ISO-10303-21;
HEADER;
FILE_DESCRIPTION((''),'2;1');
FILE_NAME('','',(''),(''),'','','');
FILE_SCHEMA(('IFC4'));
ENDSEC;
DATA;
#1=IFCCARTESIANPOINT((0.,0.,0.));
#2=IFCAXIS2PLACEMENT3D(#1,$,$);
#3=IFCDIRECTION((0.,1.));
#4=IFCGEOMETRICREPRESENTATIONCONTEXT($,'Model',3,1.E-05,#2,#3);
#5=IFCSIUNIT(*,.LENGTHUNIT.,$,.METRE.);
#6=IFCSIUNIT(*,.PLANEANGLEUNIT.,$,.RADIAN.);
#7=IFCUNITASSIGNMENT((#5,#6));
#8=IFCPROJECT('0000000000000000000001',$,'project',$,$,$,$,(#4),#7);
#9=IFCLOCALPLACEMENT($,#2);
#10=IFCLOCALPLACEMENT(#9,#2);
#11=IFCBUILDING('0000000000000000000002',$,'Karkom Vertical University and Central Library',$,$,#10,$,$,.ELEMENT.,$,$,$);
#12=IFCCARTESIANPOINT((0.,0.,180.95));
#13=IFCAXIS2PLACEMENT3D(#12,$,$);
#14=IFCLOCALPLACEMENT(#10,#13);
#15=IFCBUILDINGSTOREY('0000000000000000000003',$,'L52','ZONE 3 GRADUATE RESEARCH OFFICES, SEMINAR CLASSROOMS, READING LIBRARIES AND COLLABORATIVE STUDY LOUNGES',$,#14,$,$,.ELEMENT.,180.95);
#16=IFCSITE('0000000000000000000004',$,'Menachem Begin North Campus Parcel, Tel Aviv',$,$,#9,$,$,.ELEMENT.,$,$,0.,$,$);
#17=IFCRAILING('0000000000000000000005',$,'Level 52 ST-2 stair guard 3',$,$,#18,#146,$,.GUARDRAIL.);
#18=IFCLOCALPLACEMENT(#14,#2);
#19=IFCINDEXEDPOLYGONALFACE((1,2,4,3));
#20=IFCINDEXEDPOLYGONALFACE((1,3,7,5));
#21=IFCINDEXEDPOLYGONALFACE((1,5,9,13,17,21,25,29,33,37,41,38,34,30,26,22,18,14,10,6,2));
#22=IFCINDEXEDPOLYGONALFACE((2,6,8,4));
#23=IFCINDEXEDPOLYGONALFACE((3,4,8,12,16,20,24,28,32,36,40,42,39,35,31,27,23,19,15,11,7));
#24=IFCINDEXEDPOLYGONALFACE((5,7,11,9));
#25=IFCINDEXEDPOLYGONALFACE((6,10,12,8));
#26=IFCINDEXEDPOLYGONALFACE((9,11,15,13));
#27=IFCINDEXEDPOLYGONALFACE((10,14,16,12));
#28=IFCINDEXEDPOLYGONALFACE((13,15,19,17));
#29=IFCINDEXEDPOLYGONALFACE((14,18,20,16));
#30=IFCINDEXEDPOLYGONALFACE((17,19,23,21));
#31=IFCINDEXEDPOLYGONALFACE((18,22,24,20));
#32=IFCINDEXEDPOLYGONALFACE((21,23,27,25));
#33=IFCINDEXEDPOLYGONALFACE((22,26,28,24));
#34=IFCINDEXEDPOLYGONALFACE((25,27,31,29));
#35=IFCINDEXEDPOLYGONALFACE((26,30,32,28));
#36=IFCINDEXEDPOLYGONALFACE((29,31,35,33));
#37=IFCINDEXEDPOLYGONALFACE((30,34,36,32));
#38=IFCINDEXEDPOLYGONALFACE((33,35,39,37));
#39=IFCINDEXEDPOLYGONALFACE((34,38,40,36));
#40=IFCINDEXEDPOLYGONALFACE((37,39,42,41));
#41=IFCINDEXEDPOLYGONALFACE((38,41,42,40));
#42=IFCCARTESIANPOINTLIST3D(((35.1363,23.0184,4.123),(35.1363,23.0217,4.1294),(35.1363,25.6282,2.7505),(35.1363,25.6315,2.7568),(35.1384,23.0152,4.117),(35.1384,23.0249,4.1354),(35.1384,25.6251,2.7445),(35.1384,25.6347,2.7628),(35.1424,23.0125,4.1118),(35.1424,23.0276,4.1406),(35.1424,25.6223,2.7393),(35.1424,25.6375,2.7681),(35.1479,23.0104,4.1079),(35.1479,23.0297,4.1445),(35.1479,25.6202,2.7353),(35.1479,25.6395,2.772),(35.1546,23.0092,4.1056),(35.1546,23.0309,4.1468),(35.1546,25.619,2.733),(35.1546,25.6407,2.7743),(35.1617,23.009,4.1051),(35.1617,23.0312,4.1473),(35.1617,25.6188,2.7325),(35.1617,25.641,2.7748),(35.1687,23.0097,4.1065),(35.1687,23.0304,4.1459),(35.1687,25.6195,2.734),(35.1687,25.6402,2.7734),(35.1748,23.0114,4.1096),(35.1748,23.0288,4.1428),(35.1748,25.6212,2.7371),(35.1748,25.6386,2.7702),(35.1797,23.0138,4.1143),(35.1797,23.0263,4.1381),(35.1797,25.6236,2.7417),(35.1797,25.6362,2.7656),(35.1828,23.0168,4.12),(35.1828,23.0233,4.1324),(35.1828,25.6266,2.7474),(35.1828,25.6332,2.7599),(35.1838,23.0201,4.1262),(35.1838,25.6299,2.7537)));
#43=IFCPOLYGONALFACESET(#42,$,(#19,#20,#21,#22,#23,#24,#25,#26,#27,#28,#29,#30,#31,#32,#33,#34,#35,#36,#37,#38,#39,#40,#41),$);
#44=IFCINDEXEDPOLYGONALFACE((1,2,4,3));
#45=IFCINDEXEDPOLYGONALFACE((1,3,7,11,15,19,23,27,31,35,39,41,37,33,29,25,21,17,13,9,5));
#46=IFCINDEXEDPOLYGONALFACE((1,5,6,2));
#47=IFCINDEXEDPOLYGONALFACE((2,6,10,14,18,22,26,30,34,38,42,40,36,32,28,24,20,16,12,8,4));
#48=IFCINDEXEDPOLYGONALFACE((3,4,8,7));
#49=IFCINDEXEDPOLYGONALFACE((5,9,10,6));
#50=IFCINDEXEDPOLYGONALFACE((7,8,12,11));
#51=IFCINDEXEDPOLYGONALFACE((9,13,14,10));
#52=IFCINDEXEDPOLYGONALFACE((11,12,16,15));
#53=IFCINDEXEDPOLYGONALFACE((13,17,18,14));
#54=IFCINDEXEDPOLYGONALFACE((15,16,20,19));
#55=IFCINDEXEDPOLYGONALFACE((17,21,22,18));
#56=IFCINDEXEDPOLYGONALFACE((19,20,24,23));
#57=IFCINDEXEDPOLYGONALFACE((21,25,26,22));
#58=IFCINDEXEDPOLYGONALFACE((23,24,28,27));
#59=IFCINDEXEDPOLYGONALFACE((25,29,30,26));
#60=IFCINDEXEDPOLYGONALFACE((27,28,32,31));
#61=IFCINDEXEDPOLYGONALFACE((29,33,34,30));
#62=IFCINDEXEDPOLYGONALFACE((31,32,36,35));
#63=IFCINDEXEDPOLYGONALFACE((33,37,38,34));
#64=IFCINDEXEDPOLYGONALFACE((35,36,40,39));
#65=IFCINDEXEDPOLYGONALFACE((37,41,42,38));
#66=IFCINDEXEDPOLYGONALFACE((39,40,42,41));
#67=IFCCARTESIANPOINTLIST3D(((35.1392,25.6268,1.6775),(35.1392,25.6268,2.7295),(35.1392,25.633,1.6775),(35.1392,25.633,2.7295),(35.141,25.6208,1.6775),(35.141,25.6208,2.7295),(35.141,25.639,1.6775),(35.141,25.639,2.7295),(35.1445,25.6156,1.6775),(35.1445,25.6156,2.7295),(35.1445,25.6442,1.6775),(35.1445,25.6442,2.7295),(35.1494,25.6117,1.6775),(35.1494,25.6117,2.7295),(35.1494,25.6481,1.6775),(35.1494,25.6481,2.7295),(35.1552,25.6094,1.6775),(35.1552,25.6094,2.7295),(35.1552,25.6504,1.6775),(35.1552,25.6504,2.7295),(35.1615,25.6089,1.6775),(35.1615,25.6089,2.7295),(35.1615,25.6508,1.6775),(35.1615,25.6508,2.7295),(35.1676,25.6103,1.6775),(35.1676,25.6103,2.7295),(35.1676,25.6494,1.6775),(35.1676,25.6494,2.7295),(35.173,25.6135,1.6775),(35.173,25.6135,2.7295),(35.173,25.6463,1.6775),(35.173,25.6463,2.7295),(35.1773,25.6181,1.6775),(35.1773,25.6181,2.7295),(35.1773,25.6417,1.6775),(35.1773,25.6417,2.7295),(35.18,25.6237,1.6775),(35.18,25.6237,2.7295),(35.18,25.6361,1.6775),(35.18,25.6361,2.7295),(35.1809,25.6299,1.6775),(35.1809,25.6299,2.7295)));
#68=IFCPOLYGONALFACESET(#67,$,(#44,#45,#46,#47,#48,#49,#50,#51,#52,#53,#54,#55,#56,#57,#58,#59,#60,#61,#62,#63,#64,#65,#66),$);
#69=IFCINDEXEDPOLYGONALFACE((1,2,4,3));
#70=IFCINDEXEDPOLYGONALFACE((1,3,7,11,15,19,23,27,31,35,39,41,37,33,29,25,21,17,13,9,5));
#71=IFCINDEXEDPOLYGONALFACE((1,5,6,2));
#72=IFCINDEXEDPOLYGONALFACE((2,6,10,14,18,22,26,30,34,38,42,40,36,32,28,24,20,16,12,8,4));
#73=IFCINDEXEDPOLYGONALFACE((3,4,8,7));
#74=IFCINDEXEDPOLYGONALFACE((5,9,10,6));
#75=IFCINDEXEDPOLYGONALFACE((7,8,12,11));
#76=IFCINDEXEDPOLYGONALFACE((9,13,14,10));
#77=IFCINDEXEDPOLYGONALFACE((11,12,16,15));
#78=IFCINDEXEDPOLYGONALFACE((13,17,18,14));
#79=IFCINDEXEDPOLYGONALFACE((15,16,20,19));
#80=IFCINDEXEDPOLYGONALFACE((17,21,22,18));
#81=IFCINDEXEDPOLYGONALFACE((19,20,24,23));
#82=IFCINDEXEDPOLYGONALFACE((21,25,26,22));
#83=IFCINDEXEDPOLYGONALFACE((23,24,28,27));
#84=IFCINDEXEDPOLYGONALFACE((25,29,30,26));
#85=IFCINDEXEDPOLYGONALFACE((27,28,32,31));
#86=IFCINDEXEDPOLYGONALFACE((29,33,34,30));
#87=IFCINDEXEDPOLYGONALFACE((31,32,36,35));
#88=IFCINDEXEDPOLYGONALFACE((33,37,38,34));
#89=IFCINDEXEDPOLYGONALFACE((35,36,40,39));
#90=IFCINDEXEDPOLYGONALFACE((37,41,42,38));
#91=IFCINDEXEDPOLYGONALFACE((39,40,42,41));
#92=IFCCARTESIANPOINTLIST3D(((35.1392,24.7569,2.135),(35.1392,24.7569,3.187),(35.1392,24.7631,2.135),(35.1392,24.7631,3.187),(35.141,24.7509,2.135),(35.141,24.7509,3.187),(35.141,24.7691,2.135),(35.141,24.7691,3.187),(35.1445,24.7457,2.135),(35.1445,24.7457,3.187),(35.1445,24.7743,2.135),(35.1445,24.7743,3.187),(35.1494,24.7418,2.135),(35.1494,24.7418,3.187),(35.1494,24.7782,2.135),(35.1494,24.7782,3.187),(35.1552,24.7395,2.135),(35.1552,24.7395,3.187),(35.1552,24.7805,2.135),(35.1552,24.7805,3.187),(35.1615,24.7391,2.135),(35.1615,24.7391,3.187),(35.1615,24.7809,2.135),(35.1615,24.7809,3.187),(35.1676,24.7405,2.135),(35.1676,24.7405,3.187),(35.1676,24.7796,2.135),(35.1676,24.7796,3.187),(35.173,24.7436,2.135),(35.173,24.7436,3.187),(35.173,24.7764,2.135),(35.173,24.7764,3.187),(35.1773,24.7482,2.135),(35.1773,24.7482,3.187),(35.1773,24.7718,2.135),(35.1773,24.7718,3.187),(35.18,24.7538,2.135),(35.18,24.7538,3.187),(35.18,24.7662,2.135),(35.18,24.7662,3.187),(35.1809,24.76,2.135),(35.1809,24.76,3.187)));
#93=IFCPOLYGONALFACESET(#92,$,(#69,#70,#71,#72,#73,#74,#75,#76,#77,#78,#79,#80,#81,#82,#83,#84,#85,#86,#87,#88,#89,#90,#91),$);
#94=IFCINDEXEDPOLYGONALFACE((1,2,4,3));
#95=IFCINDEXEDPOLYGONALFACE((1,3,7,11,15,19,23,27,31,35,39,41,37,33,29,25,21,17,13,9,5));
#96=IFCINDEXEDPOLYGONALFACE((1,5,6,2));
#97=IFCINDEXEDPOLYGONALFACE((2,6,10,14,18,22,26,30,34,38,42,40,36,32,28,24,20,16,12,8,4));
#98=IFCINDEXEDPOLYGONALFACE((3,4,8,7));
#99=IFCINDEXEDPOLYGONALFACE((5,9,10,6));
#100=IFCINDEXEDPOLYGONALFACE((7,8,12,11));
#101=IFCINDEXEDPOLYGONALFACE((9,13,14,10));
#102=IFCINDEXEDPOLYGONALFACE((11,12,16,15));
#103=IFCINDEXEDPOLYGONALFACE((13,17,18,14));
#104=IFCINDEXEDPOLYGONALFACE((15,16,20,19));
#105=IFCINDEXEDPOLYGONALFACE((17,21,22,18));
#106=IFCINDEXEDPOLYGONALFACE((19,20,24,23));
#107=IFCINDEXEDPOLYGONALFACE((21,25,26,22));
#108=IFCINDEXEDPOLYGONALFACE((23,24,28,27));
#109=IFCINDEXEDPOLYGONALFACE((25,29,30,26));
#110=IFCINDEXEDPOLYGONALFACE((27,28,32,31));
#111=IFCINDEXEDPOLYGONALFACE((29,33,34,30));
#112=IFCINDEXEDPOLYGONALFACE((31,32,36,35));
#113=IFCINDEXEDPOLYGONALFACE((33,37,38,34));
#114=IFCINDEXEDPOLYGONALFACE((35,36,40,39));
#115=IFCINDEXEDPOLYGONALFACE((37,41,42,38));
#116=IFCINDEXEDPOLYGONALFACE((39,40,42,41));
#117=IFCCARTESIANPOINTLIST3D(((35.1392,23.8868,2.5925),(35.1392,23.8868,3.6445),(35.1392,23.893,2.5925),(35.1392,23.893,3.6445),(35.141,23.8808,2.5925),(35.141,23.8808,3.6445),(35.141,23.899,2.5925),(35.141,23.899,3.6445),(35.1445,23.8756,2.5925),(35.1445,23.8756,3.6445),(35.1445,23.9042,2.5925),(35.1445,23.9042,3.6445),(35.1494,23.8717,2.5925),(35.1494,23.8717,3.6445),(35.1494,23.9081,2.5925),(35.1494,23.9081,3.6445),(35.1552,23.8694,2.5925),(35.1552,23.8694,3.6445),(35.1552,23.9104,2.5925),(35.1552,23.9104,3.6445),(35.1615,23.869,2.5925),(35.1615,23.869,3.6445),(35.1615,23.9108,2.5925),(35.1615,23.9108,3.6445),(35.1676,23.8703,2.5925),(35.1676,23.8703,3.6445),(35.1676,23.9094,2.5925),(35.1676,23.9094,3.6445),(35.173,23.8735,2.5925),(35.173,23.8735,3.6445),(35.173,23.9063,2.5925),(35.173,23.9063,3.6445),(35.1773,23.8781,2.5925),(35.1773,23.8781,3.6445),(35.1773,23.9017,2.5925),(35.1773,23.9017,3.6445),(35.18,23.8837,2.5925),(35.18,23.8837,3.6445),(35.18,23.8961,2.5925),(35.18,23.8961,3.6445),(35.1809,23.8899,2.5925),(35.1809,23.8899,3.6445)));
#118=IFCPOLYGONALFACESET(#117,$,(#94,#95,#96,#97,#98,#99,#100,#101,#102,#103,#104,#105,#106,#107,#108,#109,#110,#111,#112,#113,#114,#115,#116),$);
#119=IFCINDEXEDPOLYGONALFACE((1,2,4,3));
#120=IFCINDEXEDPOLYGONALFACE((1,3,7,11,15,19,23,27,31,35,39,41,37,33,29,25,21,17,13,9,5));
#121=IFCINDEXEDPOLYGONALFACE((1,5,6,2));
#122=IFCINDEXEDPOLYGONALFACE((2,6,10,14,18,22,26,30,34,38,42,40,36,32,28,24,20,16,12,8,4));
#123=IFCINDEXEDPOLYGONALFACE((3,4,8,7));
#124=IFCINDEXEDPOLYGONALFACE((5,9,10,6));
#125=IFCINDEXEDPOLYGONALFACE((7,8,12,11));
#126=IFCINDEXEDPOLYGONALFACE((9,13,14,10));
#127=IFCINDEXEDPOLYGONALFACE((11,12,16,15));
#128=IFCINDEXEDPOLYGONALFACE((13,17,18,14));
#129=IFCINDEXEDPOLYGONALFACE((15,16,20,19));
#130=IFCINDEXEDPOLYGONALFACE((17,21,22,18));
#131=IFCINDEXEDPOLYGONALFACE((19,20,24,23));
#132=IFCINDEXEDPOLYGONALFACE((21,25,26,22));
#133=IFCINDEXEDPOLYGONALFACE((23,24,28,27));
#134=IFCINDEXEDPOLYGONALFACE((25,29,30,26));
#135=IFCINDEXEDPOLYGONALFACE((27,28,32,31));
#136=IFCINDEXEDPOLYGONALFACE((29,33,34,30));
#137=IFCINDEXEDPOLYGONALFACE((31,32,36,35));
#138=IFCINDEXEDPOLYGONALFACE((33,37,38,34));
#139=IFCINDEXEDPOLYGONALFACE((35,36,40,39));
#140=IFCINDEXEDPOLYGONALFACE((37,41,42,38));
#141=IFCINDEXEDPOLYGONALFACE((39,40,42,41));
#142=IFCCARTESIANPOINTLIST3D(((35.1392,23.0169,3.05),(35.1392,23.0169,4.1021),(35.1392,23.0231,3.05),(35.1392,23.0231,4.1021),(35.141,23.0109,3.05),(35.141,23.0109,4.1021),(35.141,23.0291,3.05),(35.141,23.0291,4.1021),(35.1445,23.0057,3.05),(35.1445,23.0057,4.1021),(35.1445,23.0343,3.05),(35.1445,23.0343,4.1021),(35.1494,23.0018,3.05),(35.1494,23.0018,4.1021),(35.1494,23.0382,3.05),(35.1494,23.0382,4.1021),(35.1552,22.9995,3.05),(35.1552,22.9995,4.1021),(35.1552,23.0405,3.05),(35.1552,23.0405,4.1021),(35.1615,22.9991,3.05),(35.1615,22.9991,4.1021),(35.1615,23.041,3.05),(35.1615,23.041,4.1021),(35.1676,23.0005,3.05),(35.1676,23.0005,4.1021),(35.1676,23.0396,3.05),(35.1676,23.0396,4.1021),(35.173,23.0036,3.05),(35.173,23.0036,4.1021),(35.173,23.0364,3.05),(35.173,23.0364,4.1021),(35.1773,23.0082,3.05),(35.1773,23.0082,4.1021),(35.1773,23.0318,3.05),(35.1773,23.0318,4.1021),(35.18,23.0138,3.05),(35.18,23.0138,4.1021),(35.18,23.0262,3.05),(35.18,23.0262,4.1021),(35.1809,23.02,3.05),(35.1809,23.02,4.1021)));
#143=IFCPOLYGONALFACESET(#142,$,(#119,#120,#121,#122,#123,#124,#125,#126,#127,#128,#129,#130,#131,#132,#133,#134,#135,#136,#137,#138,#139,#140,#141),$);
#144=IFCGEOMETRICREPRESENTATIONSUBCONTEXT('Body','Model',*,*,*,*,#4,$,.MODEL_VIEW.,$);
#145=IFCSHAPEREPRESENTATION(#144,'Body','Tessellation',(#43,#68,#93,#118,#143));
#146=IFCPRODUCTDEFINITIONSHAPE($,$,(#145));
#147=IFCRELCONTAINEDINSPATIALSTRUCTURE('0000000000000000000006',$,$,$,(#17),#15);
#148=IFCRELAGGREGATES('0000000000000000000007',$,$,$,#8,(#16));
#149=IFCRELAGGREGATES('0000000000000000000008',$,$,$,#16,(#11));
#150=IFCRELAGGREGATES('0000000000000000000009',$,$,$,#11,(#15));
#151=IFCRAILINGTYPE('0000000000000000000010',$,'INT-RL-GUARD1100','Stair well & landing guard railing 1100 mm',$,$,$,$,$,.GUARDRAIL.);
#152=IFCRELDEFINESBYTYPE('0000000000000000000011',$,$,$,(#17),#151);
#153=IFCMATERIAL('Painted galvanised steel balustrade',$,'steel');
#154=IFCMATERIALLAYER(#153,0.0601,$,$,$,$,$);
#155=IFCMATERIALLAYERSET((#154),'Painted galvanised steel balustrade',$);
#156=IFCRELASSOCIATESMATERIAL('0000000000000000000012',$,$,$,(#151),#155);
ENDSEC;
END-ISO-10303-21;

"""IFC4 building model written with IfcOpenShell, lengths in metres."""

from ifc_helpers import new_model, si_unit, direction, frame, origin, origin_2d, place, context, subcontext, project, spatial, circle, extrude, material, layer, layer_set, type_object, element, save


model = new_model("IFC4")

# Units and contexts
model_context = context("Model", 3, precision=1e-05, world=origin(), true_north=direction((0.0, 1.0)))
body_context = subcontext(model_context, "Body", "Model", "MODEL_VIEW")
ifc_project = project(units=[si_unit("LENGTHUNIT", "METRE"), si_unit("PLANEANGLEUNIT", "RADIAN")], contexts=[model_context])

# Site, building, storey
site_placement = place(None, origin())
site = spatial("IfcSite", under=ifc_project, at=site_placement, Name="Menachem Begin North Campus Parcel, Tel Aviv", CompositionType="ELEMENT", RefElevation=0.0)
building_placement = place(site_placement, origin())
building = spatial("IfcBuilding", under=site, at=building_placement, Name="Karkom Vertical University and Central Library", CompositionType="ELEMENT")
storey_placement = place(building_placement, frame((0.0, 0.0, 180.95)))
storey = spatial("IfcBuildingStorey", under=building, at=storey_placement, Name="L52", Description="ZONE 3 GRADUATE RESEARCH OFFICES, SEMINAR CLASSROOMS, READING LIBRARIES AND COLLABORATIVE STUDY LOUNGES", CompositionType="ELEMENT", Elevation=180.95)

# Railing
ifc_material_1 = material(Name="Painted galvanised steel balustrade", Category="steel")
ifc_layer_1 = layer(ifc_material_1, 0.0601)
ifc_layer_set_1 = layer_set([ifc_layer_1], Name="Painted galvanised steel balustrade")
railing_type_1 = type_object("IfcRailingType", Name="INT-RL-GUARD1100", Description="Stair well & landing guard railing 1100 mm", PredefinedType="GUARDRAIL", material=ifc_layer_set_1)
railing_1_placement = place(storey_placement, frame((35.1599, 25.6299, 1.6775)))
element("IfcRailing", 1, at=railing_1_placement, inside=storey, type_object=railing_type_1, Name="Level 52 ST-2 stair guard 3", PredefinedType="GUARDRAIL", context=body_context, shape_type="SweptSolid", body=[
    extrude(circle(Radius=0.0239, at=origin_2d()), frame((0.0, 0.0, 1.0762), z_axis=(0.0, -0.885065, 0.465467), x_axis=(1.0, 0.0, 0.0)), (0.0, 0.0, 1.0), 2.9487),
    extrude(circle(Radius=0.021, at=origin_2d()), origin(), (0.0, 0.0, 1.0), 1.052),
    extrude(circle(Radius=0.021, at=origin_2d()), frame((0.0, -0.8699, 0.4575)), (0.0, 0.0, 1.0), 1.052),
    extrude(circle(Radius=0.021, at=origin_2d()), frame((0.0, -1.74, 0.915)), (0.0, 0.0, 1.0), 1.052),
    extrude(circle(Radius=0.021, at=origin_2d()), frame((0.0, -2.6099, 1.3726)), (0.0, 0.0, 1.0), 1.052),
])

save(model, "model.ifc")
